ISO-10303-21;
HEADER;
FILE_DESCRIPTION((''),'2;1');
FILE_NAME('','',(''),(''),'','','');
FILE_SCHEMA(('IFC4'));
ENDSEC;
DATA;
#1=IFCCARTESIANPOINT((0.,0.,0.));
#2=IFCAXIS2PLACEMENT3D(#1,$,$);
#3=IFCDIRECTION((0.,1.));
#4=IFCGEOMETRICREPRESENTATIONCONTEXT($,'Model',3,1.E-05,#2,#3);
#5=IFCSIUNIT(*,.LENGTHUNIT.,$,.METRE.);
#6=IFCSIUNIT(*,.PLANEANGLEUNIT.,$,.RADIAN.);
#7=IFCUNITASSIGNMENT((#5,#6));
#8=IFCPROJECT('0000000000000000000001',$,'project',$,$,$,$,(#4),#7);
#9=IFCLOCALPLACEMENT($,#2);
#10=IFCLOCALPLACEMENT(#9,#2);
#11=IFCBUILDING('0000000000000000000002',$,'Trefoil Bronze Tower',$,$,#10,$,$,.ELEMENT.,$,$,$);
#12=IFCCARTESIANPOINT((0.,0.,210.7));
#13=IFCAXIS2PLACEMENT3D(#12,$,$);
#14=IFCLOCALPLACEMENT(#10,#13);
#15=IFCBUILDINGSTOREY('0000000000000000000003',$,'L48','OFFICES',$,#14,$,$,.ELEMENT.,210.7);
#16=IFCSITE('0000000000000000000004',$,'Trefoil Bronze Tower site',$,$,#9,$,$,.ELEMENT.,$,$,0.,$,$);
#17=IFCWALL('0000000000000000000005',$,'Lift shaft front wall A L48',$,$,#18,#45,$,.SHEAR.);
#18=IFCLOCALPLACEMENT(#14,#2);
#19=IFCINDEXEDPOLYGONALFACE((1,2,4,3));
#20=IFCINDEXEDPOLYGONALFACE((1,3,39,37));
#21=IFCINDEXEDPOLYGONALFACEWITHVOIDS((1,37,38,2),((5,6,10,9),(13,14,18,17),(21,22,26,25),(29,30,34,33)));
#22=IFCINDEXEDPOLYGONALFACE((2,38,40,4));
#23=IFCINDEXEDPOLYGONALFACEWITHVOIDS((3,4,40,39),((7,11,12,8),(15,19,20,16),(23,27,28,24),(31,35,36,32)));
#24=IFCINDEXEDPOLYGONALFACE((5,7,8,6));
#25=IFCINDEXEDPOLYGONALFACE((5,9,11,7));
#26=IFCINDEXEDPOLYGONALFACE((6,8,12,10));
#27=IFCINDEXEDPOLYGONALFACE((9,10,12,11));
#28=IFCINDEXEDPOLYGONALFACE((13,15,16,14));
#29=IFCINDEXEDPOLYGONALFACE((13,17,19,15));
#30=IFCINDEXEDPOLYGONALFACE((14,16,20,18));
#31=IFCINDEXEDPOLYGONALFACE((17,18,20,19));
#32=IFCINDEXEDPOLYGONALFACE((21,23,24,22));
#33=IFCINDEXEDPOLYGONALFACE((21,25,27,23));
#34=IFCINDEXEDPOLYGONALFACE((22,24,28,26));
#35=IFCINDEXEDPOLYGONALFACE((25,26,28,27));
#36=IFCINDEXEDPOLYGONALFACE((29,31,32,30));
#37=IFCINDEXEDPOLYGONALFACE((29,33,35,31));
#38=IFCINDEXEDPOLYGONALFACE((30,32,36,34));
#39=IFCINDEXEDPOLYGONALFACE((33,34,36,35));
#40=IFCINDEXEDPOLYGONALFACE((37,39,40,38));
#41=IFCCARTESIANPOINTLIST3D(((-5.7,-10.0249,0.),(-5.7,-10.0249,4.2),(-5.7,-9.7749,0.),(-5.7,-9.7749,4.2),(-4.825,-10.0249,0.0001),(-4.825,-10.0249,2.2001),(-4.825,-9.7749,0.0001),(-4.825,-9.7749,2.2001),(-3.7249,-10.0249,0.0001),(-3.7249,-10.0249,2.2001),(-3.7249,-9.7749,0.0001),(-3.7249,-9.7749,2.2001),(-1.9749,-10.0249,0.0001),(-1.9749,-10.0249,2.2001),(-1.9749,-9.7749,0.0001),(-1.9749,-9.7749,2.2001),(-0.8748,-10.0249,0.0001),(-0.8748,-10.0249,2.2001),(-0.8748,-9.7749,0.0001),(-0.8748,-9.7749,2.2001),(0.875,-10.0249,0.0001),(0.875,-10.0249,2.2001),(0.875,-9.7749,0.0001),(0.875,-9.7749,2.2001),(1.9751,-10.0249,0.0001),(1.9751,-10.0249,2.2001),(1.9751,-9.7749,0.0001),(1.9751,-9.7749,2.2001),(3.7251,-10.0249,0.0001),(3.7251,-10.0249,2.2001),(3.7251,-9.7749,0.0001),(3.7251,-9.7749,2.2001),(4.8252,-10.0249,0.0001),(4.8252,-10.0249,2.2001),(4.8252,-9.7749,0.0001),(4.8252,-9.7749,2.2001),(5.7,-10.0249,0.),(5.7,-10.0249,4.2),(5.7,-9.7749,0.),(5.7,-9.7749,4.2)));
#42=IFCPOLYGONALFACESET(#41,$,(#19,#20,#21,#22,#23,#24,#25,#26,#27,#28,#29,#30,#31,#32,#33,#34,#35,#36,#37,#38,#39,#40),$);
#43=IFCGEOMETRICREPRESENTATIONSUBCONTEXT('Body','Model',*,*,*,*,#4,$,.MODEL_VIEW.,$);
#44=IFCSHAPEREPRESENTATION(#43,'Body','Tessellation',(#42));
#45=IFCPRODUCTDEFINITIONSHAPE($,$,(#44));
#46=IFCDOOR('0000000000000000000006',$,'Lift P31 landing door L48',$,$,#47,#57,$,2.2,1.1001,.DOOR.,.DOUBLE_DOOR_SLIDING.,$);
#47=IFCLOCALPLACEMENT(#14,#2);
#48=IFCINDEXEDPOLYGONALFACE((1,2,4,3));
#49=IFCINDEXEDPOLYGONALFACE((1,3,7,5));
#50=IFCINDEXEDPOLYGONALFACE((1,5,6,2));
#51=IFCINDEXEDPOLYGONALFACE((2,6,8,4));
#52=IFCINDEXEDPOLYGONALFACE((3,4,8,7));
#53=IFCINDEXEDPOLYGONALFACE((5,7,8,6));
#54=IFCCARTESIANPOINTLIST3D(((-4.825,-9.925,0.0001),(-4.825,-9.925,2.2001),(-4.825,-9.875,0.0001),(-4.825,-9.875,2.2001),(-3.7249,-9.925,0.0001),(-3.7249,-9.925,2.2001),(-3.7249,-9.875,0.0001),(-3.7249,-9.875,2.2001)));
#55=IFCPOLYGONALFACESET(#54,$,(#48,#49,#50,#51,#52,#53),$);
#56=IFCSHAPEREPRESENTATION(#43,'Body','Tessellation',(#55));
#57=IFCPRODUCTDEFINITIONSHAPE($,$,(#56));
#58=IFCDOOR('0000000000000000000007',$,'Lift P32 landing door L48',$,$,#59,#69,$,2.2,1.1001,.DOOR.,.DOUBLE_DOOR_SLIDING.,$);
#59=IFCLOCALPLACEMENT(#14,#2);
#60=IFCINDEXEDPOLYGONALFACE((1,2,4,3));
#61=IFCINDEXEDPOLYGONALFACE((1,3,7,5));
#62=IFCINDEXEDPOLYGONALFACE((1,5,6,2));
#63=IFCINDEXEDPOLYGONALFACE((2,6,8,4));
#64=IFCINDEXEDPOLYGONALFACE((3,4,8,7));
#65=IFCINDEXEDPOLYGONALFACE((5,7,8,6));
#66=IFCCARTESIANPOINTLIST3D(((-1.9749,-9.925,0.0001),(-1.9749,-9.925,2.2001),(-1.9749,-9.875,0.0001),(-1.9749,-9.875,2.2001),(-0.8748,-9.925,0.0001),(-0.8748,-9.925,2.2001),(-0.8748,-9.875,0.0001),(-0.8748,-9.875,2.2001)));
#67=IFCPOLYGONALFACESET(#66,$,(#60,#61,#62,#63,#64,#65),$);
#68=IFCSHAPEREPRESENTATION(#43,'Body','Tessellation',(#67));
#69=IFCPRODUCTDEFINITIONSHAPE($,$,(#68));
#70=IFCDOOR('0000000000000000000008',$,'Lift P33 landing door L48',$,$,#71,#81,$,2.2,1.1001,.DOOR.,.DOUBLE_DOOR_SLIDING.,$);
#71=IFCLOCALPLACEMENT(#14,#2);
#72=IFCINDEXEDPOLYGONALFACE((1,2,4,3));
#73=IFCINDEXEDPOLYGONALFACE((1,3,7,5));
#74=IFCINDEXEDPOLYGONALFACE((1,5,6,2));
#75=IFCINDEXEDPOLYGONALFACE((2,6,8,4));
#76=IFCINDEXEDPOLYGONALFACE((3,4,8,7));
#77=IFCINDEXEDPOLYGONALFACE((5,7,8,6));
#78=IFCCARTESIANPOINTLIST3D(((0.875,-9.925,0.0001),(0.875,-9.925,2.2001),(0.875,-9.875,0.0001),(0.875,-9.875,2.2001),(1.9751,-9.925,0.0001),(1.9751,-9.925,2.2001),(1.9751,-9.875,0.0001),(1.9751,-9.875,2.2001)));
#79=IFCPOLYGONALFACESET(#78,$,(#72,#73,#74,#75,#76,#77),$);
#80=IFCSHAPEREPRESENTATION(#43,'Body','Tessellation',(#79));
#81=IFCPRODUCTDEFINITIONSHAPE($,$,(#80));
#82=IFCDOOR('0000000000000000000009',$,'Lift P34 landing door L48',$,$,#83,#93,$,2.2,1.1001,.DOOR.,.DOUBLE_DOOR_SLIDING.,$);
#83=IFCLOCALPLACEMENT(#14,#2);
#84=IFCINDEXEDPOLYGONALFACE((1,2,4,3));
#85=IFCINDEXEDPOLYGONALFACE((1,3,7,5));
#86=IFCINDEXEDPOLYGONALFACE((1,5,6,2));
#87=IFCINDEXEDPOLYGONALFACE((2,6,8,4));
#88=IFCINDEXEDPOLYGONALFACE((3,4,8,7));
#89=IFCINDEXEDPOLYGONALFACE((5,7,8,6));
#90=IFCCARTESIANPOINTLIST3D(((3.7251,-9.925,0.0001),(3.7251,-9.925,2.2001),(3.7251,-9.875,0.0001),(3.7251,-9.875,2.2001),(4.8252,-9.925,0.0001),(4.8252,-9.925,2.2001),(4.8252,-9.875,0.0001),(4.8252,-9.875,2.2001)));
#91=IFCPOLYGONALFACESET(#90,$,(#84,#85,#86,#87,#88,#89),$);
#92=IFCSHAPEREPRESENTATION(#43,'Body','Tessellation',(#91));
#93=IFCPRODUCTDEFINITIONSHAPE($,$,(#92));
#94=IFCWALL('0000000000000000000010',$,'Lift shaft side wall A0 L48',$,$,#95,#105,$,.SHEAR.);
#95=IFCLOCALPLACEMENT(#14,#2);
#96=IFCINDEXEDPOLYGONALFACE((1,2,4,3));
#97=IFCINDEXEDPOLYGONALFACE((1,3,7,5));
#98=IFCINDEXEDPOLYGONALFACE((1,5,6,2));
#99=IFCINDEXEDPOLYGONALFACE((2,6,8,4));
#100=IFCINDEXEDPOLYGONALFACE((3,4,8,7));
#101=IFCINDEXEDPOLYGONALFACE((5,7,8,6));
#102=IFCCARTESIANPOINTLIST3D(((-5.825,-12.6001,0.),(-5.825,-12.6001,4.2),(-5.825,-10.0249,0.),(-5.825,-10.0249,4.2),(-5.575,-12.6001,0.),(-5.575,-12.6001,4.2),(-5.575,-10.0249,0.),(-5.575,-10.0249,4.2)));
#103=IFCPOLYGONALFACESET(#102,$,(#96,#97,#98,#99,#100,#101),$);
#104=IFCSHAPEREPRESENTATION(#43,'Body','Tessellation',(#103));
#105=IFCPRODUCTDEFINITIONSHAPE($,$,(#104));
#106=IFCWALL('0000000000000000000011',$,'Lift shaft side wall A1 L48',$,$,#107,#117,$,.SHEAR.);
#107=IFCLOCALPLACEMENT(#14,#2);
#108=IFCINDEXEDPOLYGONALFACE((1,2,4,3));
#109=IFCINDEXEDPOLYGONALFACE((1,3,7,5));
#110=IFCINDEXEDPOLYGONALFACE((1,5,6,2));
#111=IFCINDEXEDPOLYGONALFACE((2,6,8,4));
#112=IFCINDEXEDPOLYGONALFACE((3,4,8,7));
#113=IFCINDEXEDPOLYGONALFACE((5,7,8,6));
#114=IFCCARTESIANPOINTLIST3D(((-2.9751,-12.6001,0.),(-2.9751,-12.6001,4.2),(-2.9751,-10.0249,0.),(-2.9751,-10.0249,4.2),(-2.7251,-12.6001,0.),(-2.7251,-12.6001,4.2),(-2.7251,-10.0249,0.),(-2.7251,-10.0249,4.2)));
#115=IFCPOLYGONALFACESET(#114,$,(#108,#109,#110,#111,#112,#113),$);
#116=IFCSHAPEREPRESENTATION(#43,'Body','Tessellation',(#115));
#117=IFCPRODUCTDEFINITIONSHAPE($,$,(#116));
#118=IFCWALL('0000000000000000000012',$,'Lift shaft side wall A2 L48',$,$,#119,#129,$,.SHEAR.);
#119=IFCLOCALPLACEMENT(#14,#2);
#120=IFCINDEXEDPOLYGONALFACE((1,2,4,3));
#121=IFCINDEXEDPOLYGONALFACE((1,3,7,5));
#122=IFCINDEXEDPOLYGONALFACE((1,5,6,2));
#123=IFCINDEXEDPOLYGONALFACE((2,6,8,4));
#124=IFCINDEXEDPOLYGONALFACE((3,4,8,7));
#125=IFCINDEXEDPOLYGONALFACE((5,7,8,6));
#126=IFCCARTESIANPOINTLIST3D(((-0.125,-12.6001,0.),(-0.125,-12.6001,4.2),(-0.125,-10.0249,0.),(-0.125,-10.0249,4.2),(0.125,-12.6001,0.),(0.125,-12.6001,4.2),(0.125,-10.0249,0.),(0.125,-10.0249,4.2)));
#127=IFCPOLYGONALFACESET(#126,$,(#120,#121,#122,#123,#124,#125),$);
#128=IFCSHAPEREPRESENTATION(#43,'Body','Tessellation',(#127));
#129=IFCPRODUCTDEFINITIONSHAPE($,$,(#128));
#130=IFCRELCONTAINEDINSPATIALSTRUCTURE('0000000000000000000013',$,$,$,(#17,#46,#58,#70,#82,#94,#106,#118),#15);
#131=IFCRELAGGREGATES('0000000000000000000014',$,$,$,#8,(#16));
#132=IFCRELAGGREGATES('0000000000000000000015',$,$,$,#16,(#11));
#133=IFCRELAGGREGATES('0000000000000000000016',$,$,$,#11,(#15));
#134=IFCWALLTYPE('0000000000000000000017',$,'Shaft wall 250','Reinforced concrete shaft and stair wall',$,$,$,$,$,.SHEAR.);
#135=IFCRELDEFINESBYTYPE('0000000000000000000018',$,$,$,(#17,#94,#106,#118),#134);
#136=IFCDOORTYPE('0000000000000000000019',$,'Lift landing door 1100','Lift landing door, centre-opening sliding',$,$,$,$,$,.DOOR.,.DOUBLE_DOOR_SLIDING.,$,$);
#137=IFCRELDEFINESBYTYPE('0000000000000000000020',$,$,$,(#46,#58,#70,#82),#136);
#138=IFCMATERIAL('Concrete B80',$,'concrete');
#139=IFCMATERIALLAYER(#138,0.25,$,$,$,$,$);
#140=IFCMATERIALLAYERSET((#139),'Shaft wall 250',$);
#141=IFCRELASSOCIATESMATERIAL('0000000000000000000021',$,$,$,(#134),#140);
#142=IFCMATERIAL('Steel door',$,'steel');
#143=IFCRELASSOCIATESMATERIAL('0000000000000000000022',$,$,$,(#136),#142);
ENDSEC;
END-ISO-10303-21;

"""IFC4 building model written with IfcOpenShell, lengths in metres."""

from ifc_helpers import new_model, si_unit, direction, frame, frame_2d, origin, place, context, subcontext, project, spatial, rectangle, extrude, material, layer, layer_set, type_object, element, fill, save


model = new_model("IFC4")

# Units and contexts
model_context = context("Model", 3, precision=1e-05, world=origin(), true_north=direction((0.0, 1.0)))
body_context = subcontext(model_context, "Body", "Model", "MODEL_VIEW")
ifc_project = project(units=[si_unit("LENGTHUNIT", "METRE"), si_unit("PLANEANGLEUNIT", "RADIAN")], contexts=[model_context])

# Site, building, storey
site_placement = place(None, origin())
site = spatial("IfcSite", under=ifc_project, at=site_placement, Name="Trefoil Bronze Tower site", CompositionType="ELEMENT", RefElevation=0.0)
building_placement = place(site_placement, origin())
building = spatial("IfcBuilding", under=site, at=building_placement, Name="Trefoil Bronze Tower", CompositionType="ELEMENT")
storey_placement = place(building_placement, frame((0.0, 0.0, 210.7)))
storey = spatial("IfcBuildingStorey", under=building, at=storey_placement, Name="L48", Description="OFFICES", CompositionType="ELEMENT", Elevation=210.7)

# Wall, openings, doors
ifc_material_1 = material(Name="Concrete B80", Category="concrete")
ifc_layer_1 = layer(ifc_material_1, 0.25)
ifc_layer_set_1 = layer_set([ifc_layer_1], Name="Shaft wall 250")
wall_type_1 = type_object("IfcWallType", Name="Shaft wall 250", Description="Reinforced concrete shaft and stair wall", PredefinedType="SHEAR", material=ifc_layer_set_1)
wall_1_placement = place(storey_placement, frame((-5.7, -9.8999, 0.0), z_axis=(0.0, 0.0, 1.0), x_axis=(1.0, 0.0, 0.0)))
wall_1 = element("IfcWall", 1, at=wall_1_placement, inside=storey, type_object=wall_type_1, Name="Lift shaft front wall A L48", PredefinedType="SHEAR", context=body_context, shape_type="SweptSolid", body=[
    extrude(rectangle(XDim=11.3999, YDim=0.25, at=frame_2d((5.7, 0.0))), origin(), (0.0, 0.0, 1.0), 4.2),
])
opening_1_placement = place(wall_1_placement, frame((0.875, 0.0, 0.0)))
opening_1 = element("IfcOpeningElement", 2, at=opening_1_placement, cuts=wall_1, PredefinedType="OPENING", context=body_context, shape_type="SweptSolid", body=[
    extrude(rectangle(XDim=1.1001, YDim=2.2, at=frame_2d((0.55, 1.1001))), frame((0.0, 0.135, 0.0), z_axis=(0.0, -1.0, 0.0), x_axis=(1.0, 0.0, 0.0)), (0.0, 0.0, 1.0), 0.27),
])
opening_2_placement = place(wall_1_placement, frame((3.7251, 0.0, 0.0)))
opening_2 = element("IfcOpeningElement", 3, at=opening_2_placement, cuts=wall_1, PredefinedType="OPENING", context=body_context, shape_type="SweptSolid", body=[
    extrude(rectangle(XDim=1.1001, YDim=2.2, at=frame_2d((0.55, 1.1001))), frame((0.0, 0.135, 0.0), z_axis=(0.0, -1.0, 0.0), x_axis=(1.0, 0.0, 0.0)), (0.0, 0.0, 1.0), 0.27),
])
opening_3_placement = place(wall_1_placement, frame((6.575, 0.0, 0.0)))
opening_3 = element("IfcOpeningElement", 4, at=opening_3_placement, cuts=wall_1, PredefinedType="OPENING", context=body_context, shape_type="SweptSolid", body=[
    extrude(rectangle(XDim=1.1001, YDim=2.2, at=frame_2d((0.55, 1.1001))), frame((0.0, 0.135, 0.0), z_axis=(0.0, -1.0, 0.0), x_axis=(1.0, 0.0, 0.0)), (0.0, 0.0, 1.0), 0.27),
])
opening_4_placement = place(wall_1_placement, frame((9.425, 0.0, 0.0)))
opening_4 = element("IfcOpeningElement", 5, at=opening_4_placement, cuts=wall_1, PredefinedType="OPENING", context=body_context, shape_type="SweptSolid", body=[
    extrude(rectangle(XDim=1.1001, YDim=2.2, at=frame_2d((0.55, 1.1001))), frame((0.0, 0.135, 0.0), z_axis=(0.0, -1.0, 0.0), x_axis=(1.0, 0.0, 0.0)), (0.0, 0.0, 1.0), 0.27),
])
ifc_material_2 = material(Name="Steel door", Category="steel")
door_type_1 = type_object("IfcDoorType", Name="Lift landing door 1100", Description="Lift landing door, centre-opening sliding", OperationType="DOUBLE_DOOR_SLIDING", PredefinedType="DOOR", material=ifc_material_2)
door_1_placement = place(opening_1_placement, origin())
door_1 = element("IfcDoor", 6, at=door_1_placement, inside=storey, type_object=door_type_1, Name="Lift P31 landing door L48", OperationType="DOUBLE_DOOR_SLIDING", OverallHeight=2.2, OverallWidth=1.1001, PredefinedType="DOOR", context=body_context, shape_type="SweptSolid", body=[
    extrude(rectangle(XDim=1.1001, YDim=2.2, at=frame_2d((0.55, 1.1001))), frame((0.0, 0.0249, 0.0), z_axis=(0.0, -1.0, 0.0), x_axis=(1.0, 0.0, 0.0)), (0.0, 0.0, 1.0), 0.05),
])
fill(opening_1, door_1)
door_2_placement = place(opening_2_placement, origin())
door_2 = element("IfcDoor", 7, at=door_2_placement, inside=storey, type_object=door_type_1, Name="Lift P32 landing door L48", OperationType="DOUBLE_DOOR_SLIDING", OverallHeight=2.2, OverallWidth=1.1001, PredefinedType="DOOR", context=body_context, shape_type="SweptSolid", body=[
    extrude(rectangle(XDim=1.1001, YDim=2.2, at=frame_2d((0.55, 1.1001))), frame((0.0, 0.0249, 0.0), z_axis=(0.0, -1.0, 0.0), x_axis=(1.0, 0.0, 0.0)), (0.0, 0.0, 1.0), 0.05),
])
fill(opening_2, door_2)
door_3_placement = place(opening_3_placement, origin())
door_3 = element("IfcDoor", 8, at=door_3_placement, inside=storey, type_object=door_type_1, Name="Lift P33 landing door L48", OperationType="DOUBLE_DOOR_SLIDING", OverallHeight=2.2, OverallWidth=1.1001, PredefinedType="DOOR", context=body_context, shape_type="SweptSolid", body=[
    extrude(rectangle(XDim=1.1001, YDim=2.2, at=frame_2d((0.55, 1.1001))), frame((0.0, 0.0249, 0.0), z_axis=(0.0, -1.0, 0.0), x_axis=(1.0, 0.0, 0.0)), (0.0, 0.0, 1.0), 0.05),
])
fill(opening_3, door_3)
door_4_placement = place(opening_4_placement, origin())
door_4 = element("IfcDoor", 9, at=door_4_placement, inside=storey, type_object=door_type_1, Name="Lift P34 landing door L48", OperationType="DOUBLE_DOOR_SLIDING", OverallHeight=2.2, OverallWidth=1.1001, PredefinedType="DOOR", context=body_context, shape_type="SweptSolid", body=[
    extrude(rectangle(XDim=1.1001, YDim=2.2, at=frame_2d((0.55, 1.1001))), frame((0.0, 0.0249, 0.0), z_axis=(0.0, -1.0, 0.0), x_axis=(1.0, 0.0, 0.0)), (0.0, 0.0, 1.0), 0.05),
])
fill(opening_4, door_4)

# Walls
for number, where, z_axis, x_axis, name in (
    (10, (-5.7, -10.0249, 0.0), (0.0, 0.0, 1.0), (0.0, -1.0, 0.0), "Lift shaft side wall A0 L48"),
    (11, (-2.8501, -10.0249, 0.0), (0.0, 0.0, 1.0), (0.0, -1.0, 0.0), "Lift shaft side wall A1 L48"),
    (12, (0.0, -10.0249, 0.0), (0.0, 0.0, 1.0), (0.0, -1.0, 0.0), "Lift shaft side wall A2 L48"),
):
    element("IfcWall", number, at=place(storey_placement, frame(where, z_axis=z_axis, x_axis=x_axis)), inside=storey, type_object=wall_type_1, Name=name, PredefinedType="SHEAR", context=body_context, shape_type="SweptSolid", body=[
        extrude(rectangle(XDim=2.5752, YDim=0.25, at=frame_2d((1.2876, 0.0))), origin(), (0.0, 0.0, 1.0), 4.2),
    ])

save(model, "model.ifc")
